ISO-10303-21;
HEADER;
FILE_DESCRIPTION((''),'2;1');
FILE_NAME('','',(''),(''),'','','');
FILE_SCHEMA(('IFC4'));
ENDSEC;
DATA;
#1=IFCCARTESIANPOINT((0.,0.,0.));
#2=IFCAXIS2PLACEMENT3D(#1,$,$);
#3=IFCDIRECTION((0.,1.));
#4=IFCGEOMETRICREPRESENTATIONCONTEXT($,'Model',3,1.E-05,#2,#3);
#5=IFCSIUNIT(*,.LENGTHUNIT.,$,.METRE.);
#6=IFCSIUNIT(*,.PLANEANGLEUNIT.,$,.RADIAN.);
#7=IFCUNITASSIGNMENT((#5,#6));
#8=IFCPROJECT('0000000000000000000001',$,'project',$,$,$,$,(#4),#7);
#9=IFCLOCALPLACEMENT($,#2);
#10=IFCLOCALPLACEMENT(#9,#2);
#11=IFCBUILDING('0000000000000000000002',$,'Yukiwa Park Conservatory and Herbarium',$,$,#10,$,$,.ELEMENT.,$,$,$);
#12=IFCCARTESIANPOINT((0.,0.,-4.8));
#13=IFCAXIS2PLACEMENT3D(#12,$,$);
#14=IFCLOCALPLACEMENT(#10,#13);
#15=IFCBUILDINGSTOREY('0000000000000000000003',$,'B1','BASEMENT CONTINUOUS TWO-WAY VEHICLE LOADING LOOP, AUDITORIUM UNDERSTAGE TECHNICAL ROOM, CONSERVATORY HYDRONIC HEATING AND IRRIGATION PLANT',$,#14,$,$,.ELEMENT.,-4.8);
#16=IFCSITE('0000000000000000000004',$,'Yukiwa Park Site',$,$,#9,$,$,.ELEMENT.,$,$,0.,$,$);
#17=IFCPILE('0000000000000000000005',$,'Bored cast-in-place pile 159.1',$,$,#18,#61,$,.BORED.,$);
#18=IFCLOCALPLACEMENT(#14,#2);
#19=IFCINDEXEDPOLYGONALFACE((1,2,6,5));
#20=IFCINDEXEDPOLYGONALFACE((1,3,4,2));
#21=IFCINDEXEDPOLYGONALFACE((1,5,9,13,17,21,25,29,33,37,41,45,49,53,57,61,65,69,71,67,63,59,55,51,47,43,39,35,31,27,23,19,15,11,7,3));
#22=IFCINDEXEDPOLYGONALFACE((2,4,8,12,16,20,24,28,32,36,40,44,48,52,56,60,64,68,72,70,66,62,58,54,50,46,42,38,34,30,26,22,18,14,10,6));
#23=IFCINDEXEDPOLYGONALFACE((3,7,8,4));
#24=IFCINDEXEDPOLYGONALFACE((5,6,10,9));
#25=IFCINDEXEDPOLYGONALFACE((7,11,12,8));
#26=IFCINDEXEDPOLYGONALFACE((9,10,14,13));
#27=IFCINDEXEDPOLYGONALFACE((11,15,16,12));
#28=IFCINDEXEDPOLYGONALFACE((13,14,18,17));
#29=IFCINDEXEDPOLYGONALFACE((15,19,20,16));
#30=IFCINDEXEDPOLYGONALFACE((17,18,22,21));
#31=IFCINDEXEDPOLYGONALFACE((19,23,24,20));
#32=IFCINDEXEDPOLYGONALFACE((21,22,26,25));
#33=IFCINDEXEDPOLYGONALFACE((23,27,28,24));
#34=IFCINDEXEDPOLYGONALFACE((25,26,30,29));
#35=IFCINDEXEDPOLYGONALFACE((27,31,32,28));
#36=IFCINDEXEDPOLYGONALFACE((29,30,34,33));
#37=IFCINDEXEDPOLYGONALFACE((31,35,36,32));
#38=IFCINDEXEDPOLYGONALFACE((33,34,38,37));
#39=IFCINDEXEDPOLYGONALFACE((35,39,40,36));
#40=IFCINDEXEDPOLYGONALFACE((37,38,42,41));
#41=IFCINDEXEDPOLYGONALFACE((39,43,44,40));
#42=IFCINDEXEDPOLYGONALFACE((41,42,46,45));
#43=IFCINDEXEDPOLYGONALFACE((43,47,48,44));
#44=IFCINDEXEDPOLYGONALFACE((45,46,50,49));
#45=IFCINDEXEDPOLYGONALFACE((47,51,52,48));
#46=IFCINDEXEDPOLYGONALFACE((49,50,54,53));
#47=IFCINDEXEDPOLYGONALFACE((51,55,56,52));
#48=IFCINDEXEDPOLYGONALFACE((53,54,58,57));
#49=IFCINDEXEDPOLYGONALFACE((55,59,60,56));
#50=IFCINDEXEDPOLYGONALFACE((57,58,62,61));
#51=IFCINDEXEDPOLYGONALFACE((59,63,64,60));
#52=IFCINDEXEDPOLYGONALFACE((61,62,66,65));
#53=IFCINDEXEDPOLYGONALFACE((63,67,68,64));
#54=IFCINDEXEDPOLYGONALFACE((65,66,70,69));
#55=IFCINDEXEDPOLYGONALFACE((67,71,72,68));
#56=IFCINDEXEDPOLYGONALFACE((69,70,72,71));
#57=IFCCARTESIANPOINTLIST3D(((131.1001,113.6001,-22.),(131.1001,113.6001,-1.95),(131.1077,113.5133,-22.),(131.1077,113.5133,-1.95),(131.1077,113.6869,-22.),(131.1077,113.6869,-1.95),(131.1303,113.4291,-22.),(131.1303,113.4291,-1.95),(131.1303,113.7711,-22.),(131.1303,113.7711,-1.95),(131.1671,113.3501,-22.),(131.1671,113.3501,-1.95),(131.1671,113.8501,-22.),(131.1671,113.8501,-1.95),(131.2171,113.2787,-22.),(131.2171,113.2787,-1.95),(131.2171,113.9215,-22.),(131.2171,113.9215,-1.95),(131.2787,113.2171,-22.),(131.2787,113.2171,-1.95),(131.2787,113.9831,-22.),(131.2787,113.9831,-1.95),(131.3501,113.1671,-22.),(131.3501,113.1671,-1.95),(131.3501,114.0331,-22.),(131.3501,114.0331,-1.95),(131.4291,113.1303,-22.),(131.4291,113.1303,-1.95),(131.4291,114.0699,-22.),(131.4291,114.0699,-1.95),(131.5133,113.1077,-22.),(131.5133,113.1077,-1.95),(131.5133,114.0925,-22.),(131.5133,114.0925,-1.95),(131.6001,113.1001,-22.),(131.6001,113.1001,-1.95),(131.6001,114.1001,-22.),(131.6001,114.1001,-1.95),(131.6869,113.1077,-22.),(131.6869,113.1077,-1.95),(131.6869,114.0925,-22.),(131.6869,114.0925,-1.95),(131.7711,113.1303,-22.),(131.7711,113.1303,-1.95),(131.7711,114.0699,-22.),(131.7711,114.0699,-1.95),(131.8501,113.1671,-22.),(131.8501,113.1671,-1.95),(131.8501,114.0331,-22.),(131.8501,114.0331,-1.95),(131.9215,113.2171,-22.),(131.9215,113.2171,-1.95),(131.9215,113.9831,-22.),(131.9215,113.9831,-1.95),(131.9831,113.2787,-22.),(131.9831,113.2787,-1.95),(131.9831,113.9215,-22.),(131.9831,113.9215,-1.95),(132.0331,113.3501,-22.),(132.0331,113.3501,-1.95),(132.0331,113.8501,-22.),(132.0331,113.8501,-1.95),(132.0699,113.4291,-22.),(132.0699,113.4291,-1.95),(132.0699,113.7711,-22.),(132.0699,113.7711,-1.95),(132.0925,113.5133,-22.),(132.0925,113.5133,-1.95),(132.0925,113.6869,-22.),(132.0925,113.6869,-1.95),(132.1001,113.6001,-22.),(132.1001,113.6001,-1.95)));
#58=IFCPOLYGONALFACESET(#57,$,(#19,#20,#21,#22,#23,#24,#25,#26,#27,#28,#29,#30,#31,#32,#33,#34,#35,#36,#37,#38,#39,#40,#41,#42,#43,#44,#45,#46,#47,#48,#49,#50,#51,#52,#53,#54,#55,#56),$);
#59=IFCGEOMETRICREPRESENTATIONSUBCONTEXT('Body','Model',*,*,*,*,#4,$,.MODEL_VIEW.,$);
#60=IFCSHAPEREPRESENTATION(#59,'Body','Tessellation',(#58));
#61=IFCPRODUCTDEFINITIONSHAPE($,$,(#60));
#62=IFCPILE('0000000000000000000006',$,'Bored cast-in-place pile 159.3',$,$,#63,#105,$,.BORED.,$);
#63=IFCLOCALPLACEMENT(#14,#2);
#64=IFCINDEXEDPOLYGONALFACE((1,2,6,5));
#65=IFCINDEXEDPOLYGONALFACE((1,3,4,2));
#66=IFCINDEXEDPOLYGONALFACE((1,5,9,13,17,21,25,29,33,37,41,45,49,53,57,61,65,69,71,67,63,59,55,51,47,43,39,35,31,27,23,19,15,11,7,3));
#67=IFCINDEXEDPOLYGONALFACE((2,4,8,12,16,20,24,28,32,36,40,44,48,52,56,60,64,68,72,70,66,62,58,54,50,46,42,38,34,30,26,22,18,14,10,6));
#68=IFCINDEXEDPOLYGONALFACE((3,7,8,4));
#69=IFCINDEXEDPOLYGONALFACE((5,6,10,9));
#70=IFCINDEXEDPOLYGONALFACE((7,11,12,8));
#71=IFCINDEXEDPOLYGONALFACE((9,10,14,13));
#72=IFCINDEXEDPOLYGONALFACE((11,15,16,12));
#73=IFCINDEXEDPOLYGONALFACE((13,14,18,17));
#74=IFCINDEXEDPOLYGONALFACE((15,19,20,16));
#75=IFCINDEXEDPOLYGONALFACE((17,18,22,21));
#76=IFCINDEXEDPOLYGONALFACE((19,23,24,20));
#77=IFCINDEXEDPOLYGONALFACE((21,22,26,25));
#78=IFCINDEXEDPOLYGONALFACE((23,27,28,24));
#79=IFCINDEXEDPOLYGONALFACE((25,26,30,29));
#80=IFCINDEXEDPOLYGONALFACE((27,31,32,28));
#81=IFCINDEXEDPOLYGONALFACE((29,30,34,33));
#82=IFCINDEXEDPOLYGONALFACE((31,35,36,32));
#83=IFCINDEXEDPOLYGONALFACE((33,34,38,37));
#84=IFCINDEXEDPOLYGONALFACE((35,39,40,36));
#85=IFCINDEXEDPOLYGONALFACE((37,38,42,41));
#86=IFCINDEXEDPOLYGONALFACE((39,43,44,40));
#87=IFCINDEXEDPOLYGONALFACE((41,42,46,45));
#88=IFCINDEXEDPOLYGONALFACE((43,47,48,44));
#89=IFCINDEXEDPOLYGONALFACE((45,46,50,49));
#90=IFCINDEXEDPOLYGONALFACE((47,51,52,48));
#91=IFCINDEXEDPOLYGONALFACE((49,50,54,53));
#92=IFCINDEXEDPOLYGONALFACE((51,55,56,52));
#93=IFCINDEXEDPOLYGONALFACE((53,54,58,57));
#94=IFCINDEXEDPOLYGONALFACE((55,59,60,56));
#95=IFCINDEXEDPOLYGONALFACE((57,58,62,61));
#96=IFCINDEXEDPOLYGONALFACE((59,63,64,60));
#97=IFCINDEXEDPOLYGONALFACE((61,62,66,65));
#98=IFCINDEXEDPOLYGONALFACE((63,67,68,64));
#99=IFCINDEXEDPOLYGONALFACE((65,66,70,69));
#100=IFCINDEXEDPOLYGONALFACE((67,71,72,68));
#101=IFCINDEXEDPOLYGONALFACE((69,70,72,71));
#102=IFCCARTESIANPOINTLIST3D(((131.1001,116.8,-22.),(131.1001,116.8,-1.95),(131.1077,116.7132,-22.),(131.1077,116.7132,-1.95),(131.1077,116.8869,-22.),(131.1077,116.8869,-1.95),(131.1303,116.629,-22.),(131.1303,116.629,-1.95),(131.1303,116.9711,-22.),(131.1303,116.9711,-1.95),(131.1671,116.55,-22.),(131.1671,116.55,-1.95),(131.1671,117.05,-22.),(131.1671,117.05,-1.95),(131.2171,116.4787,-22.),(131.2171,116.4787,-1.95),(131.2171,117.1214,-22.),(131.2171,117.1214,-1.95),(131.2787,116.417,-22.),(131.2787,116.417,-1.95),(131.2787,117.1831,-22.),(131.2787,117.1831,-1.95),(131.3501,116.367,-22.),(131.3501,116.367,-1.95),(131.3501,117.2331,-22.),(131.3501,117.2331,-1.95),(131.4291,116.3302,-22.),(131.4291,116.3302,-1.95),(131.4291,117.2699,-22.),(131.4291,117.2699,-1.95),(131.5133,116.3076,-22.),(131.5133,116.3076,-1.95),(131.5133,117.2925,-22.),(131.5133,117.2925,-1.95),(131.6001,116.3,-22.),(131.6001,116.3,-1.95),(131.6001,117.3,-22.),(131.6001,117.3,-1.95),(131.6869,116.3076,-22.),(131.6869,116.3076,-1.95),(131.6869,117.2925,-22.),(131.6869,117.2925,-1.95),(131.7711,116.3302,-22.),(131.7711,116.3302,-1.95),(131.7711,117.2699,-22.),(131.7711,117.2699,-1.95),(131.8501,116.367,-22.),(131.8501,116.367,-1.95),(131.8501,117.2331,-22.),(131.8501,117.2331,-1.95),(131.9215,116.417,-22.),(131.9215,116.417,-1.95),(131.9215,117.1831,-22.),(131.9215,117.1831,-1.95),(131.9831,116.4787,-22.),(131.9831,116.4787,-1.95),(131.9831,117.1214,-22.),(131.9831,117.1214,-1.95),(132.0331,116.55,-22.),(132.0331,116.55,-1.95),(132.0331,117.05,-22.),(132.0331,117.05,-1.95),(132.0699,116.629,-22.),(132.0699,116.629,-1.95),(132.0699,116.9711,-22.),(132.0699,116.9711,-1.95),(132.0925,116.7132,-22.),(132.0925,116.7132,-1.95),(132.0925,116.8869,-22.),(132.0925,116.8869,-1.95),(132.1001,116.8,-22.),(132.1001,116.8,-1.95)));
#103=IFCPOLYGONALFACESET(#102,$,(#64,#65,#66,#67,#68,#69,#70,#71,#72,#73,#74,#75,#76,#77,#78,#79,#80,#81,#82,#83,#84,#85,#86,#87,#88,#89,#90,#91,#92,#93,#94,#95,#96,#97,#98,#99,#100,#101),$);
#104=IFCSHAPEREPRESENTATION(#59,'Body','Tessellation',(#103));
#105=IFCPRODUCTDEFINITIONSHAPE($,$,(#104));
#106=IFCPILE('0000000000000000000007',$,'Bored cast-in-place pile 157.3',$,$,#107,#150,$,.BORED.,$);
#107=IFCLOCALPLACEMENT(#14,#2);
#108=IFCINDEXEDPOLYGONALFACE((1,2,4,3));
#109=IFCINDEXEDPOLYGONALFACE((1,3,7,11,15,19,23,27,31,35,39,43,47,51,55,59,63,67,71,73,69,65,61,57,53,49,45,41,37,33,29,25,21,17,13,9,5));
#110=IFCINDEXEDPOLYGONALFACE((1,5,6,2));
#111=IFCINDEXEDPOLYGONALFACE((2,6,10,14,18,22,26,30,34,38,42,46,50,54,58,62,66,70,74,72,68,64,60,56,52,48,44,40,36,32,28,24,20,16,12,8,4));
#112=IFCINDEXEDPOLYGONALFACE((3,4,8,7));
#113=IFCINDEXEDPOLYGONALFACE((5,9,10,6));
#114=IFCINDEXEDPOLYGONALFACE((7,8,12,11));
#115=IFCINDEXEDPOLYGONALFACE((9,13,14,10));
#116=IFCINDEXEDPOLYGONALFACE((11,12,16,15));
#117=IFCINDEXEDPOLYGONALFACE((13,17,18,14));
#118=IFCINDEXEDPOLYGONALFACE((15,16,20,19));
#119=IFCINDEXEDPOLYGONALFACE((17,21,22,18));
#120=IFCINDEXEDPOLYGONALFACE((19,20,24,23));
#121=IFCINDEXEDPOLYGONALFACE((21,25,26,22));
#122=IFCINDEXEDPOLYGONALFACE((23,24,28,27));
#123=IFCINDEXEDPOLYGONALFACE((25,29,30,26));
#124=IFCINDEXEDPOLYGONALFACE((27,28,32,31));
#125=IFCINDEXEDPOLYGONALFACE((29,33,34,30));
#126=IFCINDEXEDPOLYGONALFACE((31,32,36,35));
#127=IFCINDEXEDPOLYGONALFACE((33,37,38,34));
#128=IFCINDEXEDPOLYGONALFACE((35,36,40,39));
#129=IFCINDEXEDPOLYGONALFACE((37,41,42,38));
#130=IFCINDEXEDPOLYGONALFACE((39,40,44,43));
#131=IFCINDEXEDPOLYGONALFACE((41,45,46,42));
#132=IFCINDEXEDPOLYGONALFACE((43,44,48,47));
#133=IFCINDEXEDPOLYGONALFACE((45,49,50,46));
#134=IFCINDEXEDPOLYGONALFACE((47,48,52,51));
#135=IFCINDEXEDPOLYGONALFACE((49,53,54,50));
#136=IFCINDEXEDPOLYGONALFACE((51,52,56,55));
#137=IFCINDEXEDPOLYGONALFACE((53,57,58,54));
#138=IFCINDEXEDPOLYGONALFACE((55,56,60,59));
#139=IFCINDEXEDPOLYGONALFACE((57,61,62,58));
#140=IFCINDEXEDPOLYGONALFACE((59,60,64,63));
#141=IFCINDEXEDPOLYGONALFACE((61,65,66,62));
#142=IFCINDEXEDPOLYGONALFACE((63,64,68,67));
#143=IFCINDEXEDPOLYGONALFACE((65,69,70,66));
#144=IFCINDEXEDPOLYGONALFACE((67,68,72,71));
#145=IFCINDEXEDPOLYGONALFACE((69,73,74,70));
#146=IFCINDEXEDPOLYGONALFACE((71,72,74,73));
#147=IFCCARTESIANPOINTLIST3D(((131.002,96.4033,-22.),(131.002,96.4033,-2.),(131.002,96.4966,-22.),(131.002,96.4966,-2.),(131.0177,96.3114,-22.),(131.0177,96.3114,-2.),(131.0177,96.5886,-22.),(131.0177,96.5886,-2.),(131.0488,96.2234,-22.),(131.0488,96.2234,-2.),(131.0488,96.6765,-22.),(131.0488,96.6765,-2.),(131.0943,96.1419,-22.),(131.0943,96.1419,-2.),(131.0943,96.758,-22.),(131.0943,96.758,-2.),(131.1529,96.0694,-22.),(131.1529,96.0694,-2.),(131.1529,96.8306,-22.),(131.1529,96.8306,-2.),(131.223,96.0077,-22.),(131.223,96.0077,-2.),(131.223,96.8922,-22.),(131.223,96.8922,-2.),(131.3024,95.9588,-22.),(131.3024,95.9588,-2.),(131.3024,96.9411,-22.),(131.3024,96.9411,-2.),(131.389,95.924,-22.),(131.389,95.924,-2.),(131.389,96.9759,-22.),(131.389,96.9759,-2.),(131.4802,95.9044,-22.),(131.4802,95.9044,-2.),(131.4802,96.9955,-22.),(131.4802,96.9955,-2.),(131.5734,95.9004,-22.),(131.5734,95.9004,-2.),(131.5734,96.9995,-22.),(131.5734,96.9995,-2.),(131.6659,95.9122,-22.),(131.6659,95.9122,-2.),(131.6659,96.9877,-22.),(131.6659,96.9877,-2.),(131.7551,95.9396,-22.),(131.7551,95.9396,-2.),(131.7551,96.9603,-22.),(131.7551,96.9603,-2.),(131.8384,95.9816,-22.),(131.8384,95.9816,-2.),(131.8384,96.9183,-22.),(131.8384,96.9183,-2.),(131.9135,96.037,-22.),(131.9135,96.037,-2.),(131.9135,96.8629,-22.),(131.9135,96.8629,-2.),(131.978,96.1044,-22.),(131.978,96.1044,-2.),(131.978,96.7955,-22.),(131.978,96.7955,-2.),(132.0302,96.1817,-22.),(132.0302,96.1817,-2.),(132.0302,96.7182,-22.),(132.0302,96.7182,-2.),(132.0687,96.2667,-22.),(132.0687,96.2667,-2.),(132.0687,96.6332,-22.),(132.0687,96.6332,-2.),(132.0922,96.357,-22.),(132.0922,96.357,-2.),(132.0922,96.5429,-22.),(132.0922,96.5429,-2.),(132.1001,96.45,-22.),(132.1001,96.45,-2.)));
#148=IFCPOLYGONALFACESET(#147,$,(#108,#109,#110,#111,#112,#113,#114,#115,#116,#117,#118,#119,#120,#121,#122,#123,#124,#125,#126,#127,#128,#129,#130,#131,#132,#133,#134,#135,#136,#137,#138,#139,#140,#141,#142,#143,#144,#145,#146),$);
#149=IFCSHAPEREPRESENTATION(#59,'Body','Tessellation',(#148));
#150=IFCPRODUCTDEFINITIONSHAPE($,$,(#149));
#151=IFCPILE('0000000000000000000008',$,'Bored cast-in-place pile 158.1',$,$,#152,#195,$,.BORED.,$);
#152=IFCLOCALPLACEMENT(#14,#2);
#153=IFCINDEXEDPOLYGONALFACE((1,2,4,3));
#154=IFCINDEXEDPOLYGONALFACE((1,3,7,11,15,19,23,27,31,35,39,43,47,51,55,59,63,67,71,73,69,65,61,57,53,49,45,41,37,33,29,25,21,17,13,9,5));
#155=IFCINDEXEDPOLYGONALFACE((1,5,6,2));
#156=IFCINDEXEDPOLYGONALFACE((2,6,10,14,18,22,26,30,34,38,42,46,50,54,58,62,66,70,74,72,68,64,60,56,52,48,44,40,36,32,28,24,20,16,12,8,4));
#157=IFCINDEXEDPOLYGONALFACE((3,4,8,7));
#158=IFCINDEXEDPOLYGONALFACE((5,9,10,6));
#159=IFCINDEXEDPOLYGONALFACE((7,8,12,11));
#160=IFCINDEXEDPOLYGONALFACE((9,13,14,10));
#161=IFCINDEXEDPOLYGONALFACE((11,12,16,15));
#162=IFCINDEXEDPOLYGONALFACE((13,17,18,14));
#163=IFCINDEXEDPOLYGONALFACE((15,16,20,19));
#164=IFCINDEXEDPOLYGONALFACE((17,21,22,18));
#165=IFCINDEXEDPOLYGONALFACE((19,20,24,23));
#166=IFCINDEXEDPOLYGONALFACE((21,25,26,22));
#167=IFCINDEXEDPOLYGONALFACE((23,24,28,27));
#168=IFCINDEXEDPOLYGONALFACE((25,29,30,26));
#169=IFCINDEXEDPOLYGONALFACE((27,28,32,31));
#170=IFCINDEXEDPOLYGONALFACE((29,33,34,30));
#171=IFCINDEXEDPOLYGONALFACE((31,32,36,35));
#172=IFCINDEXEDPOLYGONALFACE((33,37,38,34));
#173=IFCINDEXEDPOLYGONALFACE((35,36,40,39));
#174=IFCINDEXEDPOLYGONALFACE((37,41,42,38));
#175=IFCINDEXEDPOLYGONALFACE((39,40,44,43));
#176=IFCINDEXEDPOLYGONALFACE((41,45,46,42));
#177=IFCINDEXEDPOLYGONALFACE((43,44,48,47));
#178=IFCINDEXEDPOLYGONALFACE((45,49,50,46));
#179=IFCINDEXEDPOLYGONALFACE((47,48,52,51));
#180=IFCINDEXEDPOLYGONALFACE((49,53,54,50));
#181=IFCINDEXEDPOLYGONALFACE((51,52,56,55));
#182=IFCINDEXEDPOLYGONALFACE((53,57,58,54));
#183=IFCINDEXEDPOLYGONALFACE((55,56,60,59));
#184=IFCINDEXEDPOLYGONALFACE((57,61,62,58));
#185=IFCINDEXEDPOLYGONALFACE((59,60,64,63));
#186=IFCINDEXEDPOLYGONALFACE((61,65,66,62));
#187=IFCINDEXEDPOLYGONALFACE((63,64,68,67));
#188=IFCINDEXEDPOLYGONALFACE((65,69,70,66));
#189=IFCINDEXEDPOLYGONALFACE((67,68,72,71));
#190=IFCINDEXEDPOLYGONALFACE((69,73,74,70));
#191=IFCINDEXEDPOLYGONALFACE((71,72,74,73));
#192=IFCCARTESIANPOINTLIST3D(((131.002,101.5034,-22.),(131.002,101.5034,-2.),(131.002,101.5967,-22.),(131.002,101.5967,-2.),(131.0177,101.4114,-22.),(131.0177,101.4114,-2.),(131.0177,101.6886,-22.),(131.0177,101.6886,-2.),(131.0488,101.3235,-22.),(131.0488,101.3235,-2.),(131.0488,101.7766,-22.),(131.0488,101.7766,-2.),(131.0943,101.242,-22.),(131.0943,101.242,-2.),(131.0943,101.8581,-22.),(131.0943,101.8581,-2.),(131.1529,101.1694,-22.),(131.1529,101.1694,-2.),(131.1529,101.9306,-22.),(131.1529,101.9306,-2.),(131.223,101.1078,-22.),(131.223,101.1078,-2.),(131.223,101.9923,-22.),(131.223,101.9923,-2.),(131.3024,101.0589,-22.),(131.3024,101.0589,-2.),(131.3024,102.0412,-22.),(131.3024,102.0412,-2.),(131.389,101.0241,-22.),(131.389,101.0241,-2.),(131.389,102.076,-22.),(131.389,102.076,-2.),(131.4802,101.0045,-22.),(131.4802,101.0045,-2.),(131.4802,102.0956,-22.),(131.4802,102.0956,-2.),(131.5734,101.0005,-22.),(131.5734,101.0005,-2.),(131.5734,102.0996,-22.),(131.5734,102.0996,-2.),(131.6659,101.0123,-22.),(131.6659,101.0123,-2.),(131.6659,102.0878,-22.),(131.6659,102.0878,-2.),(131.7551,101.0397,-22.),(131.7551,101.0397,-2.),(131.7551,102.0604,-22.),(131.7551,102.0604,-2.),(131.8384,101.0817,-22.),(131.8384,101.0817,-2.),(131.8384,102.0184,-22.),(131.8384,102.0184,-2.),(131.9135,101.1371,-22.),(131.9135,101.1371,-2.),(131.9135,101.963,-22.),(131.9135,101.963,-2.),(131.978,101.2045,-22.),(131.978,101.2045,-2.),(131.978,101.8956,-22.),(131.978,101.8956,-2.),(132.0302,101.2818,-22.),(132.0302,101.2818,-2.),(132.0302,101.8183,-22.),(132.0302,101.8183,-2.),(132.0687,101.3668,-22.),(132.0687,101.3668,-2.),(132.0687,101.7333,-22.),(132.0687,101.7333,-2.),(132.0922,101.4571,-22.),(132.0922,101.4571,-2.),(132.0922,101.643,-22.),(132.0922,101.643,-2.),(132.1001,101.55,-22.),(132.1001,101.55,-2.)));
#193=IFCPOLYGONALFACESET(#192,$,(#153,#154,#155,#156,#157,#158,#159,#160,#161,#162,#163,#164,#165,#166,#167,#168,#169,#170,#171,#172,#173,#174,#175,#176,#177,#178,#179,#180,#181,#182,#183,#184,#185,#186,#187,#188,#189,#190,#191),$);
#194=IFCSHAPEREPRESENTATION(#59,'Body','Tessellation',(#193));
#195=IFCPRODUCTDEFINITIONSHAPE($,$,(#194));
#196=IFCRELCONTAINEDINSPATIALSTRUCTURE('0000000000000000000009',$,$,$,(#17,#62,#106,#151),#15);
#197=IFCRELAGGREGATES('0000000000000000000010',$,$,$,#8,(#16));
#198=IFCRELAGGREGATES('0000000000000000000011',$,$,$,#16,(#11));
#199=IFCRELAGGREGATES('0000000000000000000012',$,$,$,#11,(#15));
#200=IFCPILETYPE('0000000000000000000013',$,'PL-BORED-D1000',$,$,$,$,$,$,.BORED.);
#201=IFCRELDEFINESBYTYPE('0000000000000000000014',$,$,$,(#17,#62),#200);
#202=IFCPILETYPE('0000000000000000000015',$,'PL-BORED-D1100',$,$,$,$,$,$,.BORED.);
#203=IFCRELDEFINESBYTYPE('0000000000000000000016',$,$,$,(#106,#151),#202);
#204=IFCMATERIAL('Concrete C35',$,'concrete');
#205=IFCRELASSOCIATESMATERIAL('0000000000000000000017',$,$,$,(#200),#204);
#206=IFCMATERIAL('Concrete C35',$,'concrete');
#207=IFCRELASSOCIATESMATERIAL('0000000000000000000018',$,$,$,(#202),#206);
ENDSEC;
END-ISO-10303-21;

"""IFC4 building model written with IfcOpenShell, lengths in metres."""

from ifc_helpers import new_model, si_unit, direction, frame, origin, origin_2d, place, context, subcontext, project, spatial, circle, extrude, material, material_profile, profile_set, type_object, element, save


model = new_model("IFC4")

# Units and contexts
model_context = context("Model", 3, precision=1e-05, world=origin(), true_north=direction((0.0, 1.0)))
body_context = subcontext(model_context, "Body", "Model", "MODEL_VIEW")
ifc_project = project(units=[si_unit("LENGTHUNIT", "METRE"), si_unit("PLANEANGLEUNIT", "RADIAN")], contexts=[model_context])

# Site, building, storey
site_placement = place(None, origin())
site = spatial("IfcSite", under=ifc_project, at=site_placement, Name="Yukiwa Park Site", CompositionType="ELEMENT", RefElevation=0.0)
building_placement = place(site_placement, origin())
building = spatial("IfcBuilding", under=site, at=building_placement, Name="Yukiwa Park Conservatory and Herbarium", CompositionType="ELEMENT")
storey_placement = place(building_placement, frame((0.0, 0.0, -4.8)))
storey = spatial("IfcBuildingStorey", under=building, at=storey_placement, Name="B1", Description="BASEMENT CONTINUOUS TWO-WAY VEHICLE LOADING LOOP, AUDITORIUM UNDERSTAGE TECHNICAL ROOM, CONSERVATORY HYDRONIC HEATING AND IRRIGATION PLANT", CompositionType="ELEMENT", Elevation=-4.8)

# Piles
ifc_material_1 = material(Name="Concrete C35", Category="concrete")
ifc_material_profile_1 = material_profile(ifc_material_1, circle(Radius=0.5, at=origin_2d()), Name="PILE D1000")
ifc_profile_set_1 = profile_set([ifc_material_profile_1], Name="Concrete C35")
pile_type_1 = type_object("IfcPileType", Name="PL-BORED-D1000", PredefinedType="BORED", material=ifc_profile_set_1)
for number, where, z_axis, x_axis, name in (
    (1, (131.6001, 113.6001, -1.95), (0.0, 0.0, -1.0), (1.0, 0.0, 0.0), "Bored cast-in-place pile 159.1"),
    (2, (131.6001, 116.8, -1.95), (0.0, 0.0, -1.0), (1.0, 0.0, 0.0), "Bored cast-in-place pile 159.3"),
):
    element("IfcPile", number, at=place(storey_placement, frame(where, z_axis=z_axis, x_axis=x_axis)), inside=storey, type_object=pile_type_1, Name=name, PredefinedType="BORED", context=body_context, shape_type="SweptSolid", body=[
        extrude(circle(Radius=0.5, at=origin_2d()), origin(), (0.0, 0.0, 1.0), 20.05),
    ])
ifc_material_2 = material(Name="Concrete C35", Category="concrete")
ifc_material_profile_2 = material_profile(ifc_material_2, circle(Radius=0.55, at=origin_2d()), Name="PILE D1100")
ifc_profile_set_2 = profile_set([ifc_material_profile_2], Name="Concrete C35")
pile_type_2 = type_object("IfcPileType", Name="PL-BORED-D1100", PredefinedType="BORED", material=ifc_profile_set_2)
for number, where, z_axis, x_axis, name in (
    (3, (131.55, 96.45, -2.0), (0.0, 0.0, -1.0), (1.0, 0.0, 0.0), "Bored cast-in-place pile 157.3"),
    (4, (131.55, 101.55, -2.0), (0.0, 0.0, -1.0), (1.0, 0.0, 0.0), "Bored cast-in-place pile 158.1"),
):
    element("IfcPile", number, at=place(storey_placement, frame(where, z_axis=z_axis, x_axis=x_axis)), inside=storey, type_object=pile_type_2, Name=name, PredefinedType="BORED", context=body_context, shape_type="SweptSolid", body=[
        extrude(circle(Radius=0.55, at=origin_2d()), origin(), (0.0, 0.0, 1.0), 20.0),
    ])

save(model, "model.ifc")
